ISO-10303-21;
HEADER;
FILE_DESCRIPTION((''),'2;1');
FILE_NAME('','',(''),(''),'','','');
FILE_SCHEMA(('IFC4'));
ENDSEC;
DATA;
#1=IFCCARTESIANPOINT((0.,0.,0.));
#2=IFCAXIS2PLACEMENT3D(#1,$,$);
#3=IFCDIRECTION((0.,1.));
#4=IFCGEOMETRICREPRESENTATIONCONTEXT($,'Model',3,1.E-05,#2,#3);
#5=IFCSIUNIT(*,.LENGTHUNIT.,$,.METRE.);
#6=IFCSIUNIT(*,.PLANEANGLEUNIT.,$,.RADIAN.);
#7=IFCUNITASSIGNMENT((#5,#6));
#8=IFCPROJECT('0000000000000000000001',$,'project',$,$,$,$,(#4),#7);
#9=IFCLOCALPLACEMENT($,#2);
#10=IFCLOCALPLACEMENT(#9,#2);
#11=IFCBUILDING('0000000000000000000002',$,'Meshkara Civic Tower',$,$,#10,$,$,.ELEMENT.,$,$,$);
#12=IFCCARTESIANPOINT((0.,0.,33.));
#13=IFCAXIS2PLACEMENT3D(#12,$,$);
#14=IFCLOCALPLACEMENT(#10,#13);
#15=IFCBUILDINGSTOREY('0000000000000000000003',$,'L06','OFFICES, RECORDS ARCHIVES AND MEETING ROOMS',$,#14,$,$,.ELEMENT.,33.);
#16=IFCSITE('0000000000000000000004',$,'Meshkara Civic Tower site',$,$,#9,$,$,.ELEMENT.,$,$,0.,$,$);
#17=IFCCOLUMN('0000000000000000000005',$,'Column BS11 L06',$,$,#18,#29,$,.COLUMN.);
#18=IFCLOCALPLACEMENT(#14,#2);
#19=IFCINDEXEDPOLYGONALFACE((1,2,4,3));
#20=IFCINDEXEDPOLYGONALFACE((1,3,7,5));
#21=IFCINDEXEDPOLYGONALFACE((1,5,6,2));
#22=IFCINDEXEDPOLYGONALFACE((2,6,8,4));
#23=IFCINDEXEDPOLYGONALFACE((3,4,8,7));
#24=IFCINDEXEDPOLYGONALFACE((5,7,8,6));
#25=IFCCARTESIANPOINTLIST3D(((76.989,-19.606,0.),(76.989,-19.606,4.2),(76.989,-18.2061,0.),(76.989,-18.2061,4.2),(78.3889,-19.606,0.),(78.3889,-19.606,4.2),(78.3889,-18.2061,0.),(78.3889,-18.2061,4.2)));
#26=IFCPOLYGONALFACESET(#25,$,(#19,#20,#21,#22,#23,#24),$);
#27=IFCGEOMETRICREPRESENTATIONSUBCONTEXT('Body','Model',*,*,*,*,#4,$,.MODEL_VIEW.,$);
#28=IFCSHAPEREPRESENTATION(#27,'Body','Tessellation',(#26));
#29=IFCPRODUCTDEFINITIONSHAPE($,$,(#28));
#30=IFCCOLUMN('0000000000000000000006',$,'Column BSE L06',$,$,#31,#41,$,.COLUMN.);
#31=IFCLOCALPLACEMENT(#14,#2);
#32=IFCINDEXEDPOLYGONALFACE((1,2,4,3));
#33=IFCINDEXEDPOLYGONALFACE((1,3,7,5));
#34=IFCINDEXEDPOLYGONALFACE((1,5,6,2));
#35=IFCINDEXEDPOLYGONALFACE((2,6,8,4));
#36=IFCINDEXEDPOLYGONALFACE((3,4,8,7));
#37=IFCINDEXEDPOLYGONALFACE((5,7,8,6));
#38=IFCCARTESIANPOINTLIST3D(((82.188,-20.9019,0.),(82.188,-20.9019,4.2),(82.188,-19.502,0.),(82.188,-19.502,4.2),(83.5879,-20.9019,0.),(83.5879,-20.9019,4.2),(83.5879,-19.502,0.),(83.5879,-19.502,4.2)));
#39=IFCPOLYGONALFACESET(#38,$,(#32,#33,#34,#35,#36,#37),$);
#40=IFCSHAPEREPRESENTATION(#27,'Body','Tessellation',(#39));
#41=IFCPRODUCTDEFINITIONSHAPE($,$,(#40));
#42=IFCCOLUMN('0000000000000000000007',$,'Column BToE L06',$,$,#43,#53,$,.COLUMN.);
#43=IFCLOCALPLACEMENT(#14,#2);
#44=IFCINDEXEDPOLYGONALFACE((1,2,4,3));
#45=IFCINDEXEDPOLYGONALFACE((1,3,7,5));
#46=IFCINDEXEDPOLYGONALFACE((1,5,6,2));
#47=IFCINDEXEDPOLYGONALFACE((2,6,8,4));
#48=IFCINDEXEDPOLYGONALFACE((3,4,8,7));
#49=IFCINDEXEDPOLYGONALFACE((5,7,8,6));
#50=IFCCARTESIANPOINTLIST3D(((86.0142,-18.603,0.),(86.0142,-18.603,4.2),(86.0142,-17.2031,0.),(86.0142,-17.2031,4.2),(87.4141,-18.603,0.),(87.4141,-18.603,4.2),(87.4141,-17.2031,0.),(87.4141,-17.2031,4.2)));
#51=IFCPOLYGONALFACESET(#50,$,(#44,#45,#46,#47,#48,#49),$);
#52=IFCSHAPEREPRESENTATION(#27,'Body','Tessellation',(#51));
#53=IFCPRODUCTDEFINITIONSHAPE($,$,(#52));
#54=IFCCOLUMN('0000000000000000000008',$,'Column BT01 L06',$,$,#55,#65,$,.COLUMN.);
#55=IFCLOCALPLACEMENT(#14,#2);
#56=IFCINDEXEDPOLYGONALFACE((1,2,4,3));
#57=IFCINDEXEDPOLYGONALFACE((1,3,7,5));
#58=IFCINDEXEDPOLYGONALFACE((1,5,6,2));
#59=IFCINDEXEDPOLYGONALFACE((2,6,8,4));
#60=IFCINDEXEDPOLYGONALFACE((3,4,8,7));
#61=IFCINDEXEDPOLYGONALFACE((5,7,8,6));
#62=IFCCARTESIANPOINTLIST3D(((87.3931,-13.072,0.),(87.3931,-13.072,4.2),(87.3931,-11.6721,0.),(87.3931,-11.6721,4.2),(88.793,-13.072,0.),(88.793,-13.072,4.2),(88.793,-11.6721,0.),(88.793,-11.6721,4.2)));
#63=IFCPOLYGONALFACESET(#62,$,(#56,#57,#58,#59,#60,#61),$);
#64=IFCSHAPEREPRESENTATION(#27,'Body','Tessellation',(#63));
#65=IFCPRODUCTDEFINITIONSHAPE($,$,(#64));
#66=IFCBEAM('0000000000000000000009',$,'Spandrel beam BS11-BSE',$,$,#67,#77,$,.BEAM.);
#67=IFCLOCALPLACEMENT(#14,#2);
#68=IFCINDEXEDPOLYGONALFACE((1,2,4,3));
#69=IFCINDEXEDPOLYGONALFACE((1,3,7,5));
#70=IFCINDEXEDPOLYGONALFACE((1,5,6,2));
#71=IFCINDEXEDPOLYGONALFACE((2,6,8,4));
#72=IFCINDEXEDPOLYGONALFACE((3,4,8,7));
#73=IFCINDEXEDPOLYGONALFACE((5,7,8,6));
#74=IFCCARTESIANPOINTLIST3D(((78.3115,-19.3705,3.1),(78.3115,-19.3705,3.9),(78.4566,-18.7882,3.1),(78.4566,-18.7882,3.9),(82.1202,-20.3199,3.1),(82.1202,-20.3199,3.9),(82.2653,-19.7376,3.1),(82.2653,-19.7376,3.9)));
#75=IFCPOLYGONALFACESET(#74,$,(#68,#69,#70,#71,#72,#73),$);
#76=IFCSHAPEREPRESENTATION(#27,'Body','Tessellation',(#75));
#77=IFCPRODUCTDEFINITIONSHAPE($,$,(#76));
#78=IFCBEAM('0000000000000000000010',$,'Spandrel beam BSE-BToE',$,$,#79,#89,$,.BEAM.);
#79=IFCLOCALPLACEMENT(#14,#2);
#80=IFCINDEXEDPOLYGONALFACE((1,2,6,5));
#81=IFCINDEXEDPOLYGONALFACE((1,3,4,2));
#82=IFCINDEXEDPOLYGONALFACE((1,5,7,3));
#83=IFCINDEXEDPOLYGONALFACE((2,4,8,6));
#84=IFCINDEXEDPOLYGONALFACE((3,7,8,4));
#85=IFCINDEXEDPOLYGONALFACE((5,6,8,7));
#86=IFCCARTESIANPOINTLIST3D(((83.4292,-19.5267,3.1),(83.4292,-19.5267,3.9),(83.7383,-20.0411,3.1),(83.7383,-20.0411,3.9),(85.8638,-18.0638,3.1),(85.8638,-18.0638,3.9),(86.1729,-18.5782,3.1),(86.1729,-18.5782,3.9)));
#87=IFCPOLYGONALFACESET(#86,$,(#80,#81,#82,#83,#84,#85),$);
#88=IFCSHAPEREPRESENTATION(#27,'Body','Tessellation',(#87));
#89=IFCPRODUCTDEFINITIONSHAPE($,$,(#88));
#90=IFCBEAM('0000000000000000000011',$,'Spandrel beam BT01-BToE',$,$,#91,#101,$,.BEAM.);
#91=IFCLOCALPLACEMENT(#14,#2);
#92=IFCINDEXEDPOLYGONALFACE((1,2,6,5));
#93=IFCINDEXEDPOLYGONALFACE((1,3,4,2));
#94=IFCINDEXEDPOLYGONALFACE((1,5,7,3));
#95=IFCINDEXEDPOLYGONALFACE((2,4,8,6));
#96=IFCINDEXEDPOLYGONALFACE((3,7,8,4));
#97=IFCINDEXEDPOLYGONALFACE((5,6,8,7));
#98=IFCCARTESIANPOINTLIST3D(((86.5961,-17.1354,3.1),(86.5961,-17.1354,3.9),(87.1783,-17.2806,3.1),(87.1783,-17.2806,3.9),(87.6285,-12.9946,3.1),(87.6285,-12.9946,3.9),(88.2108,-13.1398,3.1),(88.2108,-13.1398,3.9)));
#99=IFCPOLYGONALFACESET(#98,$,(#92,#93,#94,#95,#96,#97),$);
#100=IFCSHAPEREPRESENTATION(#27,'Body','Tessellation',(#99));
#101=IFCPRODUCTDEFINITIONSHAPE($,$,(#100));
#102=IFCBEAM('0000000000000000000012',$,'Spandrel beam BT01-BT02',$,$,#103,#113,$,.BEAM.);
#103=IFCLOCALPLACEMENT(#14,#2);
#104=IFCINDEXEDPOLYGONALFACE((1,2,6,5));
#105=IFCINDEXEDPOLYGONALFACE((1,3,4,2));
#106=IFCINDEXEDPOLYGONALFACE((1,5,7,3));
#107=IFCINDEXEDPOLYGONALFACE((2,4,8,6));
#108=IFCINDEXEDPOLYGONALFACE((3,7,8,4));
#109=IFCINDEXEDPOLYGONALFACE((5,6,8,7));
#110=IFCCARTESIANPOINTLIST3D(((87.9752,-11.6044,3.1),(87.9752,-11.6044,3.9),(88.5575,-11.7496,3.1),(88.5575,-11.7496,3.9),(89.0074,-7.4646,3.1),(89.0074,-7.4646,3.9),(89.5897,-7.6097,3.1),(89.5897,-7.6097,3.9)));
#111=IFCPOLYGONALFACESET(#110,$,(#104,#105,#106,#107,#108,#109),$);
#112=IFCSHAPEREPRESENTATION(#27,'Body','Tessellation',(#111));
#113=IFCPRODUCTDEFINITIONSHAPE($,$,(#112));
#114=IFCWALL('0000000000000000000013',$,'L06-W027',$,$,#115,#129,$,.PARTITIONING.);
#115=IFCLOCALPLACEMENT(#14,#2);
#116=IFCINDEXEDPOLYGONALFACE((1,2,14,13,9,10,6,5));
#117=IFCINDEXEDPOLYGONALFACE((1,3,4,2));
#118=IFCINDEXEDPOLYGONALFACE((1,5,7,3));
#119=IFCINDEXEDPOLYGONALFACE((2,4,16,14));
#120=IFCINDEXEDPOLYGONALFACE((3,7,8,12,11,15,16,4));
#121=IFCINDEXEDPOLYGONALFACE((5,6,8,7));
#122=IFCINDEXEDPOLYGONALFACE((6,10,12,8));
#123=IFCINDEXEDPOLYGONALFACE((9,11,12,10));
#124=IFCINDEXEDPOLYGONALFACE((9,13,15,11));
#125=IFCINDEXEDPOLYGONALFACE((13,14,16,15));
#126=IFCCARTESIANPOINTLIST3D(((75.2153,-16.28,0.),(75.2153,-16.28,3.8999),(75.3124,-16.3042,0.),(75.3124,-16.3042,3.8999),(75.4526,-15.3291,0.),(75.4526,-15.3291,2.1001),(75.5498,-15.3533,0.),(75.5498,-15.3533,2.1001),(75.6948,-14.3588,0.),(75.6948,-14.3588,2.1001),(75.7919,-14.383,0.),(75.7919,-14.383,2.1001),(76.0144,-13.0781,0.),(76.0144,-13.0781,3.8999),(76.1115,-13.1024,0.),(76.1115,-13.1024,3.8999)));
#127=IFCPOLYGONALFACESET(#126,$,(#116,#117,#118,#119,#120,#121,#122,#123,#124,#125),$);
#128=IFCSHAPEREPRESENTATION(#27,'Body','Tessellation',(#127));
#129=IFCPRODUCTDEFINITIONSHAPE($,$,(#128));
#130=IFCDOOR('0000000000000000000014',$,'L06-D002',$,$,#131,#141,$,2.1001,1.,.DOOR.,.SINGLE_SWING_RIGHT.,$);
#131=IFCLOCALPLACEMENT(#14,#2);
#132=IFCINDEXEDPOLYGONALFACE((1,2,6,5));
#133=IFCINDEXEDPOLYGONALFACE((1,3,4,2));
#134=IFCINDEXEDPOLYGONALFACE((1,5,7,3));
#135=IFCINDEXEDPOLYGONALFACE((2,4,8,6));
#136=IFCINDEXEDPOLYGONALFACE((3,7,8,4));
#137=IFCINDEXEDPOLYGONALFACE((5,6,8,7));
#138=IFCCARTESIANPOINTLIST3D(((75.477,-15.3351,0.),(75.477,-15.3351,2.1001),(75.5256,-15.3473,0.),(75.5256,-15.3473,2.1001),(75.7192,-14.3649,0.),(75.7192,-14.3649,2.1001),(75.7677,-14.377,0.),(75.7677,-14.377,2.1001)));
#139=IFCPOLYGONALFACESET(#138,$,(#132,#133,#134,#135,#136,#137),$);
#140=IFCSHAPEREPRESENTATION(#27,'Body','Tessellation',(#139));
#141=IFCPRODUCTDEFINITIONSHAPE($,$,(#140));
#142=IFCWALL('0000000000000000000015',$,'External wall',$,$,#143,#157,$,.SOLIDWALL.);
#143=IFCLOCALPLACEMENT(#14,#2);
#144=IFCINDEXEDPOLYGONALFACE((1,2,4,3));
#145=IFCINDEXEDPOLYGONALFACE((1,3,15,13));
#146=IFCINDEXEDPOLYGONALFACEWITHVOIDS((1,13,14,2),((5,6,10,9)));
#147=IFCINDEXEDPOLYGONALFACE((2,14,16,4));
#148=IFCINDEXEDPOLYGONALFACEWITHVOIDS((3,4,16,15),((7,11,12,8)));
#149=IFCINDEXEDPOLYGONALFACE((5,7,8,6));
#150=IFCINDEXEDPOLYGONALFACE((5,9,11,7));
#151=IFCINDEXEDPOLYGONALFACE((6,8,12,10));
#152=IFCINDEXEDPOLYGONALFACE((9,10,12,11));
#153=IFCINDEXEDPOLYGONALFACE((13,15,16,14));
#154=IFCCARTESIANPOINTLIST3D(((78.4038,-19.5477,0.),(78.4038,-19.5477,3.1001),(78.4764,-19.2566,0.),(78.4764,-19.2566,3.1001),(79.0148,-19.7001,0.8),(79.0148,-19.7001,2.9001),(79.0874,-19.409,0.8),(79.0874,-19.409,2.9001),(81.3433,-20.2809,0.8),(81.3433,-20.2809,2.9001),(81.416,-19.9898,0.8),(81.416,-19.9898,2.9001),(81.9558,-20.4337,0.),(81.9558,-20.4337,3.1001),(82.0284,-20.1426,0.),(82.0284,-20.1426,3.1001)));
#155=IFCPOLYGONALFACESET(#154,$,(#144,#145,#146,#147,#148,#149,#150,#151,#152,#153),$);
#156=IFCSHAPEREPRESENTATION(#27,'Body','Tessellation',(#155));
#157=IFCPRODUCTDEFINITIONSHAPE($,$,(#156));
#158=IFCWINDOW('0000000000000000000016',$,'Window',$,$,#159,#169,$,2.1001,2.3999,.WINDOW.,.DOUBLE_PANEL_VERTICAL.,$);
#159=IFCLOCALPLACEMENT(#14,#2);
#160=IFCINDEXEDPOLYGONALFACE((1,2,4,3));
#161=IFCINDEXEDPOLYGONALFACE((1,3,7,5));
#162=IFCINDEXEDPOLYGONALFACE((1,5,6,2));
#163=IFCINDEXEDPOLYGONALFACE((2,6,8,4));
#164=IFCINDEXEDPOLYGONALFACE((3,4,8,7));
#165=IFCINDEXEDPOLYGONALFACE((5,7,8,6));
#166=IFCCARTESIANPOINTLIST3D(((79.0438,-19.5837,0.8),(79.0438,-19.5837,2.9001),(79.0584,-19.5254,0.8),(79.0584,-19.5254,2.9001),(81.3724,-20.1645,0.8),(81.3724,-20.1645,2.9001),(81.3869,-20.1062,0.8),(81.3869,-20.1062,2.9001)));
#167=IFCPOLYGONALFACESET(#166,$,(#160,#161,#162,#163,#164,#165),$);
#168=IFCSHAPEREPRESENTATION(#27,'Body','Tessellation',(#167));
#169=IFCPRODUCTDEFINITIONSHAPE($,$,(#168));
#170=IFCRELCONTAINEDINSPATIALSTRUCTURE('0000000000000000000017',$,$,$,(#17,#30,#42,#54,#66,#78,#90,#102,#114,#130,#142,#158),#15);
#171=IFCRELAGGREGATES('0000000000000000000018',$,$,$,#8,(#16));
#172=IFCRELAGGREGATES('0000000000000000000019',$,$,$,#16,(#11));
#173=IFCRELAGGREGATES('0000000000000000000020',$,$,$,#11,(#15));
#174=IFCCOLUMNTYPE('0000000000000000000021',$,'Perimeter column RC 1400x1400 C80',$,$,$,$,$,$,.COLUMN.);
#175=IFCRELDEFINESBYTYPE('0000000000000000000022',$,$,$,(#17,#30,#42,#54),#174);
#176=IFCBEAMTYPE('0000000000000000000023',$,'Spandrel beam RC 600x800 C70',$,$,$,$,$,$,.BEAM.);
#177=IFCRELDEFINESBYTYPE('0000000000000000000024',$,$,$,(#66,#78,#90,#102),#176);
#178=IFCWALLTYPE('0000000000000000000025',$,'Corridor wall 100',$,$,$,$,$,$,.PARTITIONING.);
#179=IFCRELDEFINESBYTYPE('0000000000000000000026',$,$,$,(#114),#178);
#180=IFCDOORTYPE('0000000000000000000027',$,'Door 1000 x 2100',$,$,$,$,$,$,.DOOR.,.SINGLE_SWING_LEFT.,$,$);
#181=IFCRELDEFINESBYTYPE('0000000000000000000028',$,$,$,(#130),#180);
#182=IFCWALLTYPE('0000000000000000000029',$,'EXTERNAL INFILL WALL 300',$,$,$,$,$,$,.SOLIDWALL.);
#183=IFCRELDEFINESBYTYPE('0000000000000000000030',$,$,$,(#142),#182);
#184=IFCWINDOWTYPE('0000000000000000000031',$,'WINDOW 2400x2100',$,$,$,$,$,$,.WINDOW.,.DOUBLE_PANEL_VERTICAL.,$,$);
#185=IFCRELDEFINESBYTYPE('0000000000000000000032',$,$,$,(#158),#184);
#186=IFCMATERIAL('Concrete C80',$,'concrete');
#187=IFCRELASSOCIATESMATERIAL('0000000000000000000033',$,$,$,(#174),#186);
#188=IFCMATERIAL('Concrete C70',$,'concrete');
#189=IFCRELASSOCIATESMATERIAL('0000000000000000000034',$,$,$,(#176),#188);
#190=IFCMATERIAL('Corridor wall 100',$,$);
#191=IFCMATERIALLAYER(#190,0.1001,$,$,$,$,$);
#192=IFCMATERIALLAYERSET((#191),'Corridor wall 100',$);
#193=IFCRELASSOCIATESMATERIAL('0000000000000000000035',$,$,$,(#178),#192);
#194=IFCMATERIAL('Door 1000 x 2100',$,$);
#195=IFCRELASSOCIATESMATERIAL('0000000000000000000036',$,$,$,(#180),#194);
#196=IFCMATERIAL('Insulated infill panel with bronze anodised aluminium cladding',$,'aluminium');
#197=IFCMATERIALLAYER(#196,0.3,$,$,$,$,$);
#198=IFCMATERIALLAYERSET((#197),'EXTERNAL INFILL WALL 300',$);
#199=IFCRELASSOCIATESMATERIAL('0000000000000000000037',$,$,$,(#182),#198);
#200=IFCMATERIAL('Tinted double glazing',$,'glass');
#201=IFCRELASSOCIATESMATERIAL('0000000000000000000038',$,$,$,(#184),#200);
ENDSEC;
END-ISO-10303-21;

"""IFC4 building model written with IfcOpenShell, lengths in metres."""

from ifc_helpers import new_model, si_unit, direction, frame, frame_2d, origin, origin_2d, place, context, subcontext, project, spatial, rectangle, extrude, material, layer, layer_set, material_profile, profile_set, type_object, element, fill, save


model = new_model("IFC4")

# Units and contexts
model_context = context("Model", 3, precision=1e-05, world=origin(), true_north=direction((0.0, 1.0)))
body_context = subcontext(model_context, "Body", "Model", "MODEL_VIEW")
ifc_project = project(units=[si_unit("LENGTHUNIT", "METRE"), si_unit("PLANEANGLEUNIT", "RADIAN")], contexts=[model_context])

# Site, building, storey
site_placement = place(None, origin())
site = spatial("IfcSite", under=ifc_project, at=site_placement, Name="Meshkara Civic Tower site", CompositionType="ELEMENT", RefElevation=0.0)
building_placement = place(site_placement, origin())
building = spatial("IfcBuilding", under=site, at=building_placement, Name="Meshkara Civic Tower", CompositionType="ELEMENT")
storey_placement = place(building_placement, frame((0.0, 0.0, 33.0)))
storey = spatial("IfcBuildingStorey", under=building, at=storey_placement, Name="L06", Description="OFFICES, RECORDS ARCHIVES AND MEETING ROOMS", CompositionType="ELEMENT", Elevation=33.0)

# Columns
ifc_material_1 = material(Name="Concrete C80", Category="concrete")
ifc_material_profile_1 = material_profile(ifc_material_1, rectangle(XDim=1.3999, YDim=1.3999, at=origin_2d()))
ifc_profile_set_1 = profile_set([ifc_material_profile_1], Name="Concrete C80")
column_type = type_object("IfcColumnType", Name="Perimeter column RC 1400x1400 C80", PredefinedType="COLUMN", material=ifc_profile_set_1)
for number, where, z_axis, x_axis, name in (
    (1, (77.689, -18.906, 0.0), (0.0, 0.0, 1.0), (1.0, 0.0, 0.0), "Column BS11 L06"),
    (2, (82.8879, -20.2019, 0.0), (0.0, 0.0, 1.0), (1.0, 0.0, 0.0), "Column BSE L06"),
    (3, (86.7141, -17.9031, 0.0), (0.0, 0.0, 1.0), (1.0, 0.0, 0.0), "Column BToE L06"),
    (4, (88.093, -12.3721, 0.0), (0.0, 0.0, 1.0), (1.0, 0.0, 0.0), "Column BT01 L06"),
):
    element("IfcColumn", number, at=place(storey_placement, frame(where, z_axis=z_axis, x_axis=x_axis)), inside=storey, type_object=column_type, Name=name, PredefinedType="COLUMN", context=body_context, shape_type="SweptSolid", body=[
        extrude(rectangle(XDim=1.3999, YDim=1.3999, at=origin_2d()), origin(), (0.0, 0.0, 1.0), 4.2),
    ])

# Beams
ifc_material_2 = material(Name="Concrete C70", Category="concrete")
ifc_material_profile_2 = material_profile(ifc_material_2, rectangle(XDim=0.6001, YDim=0.8, at=origin_2d()))
ifc_profile_set_2 = profile_set([ifc_material_profile_2], Name="Concrete C70")
beam_type = type_object("IfcBeamType", Name="Spandrel beam RC 600x800 C70", PredefinedType="BEAM", material=ifc_profile_set_2)
beam_1_placement = place(storey_placement, frame((78.384, -19.0793, 3.5), z_axis=(0.970307, -0.241877, 0.0), x_axis=(0.241877, 0.970307, 0.0)))
element("IfcBeam", 5, at=beam_1_placement, inside=storey, type_object=beam_type, Name="Spandrel beam BS11-BSE", PredefinedType="BEAM", context=body_context, shape_type="SweptSolid", body=[
    extrude(rectangle(XDim=0.6001, YDim=0.8, at=origin_2d()), origin(), (0.0, 0.0, 1.0), 3.9253),
])
beam_2_placement = place(storey_placement, frame((83.5837, -19.7839, 3.5), z_axis=(0.857159, 0.515052, 0.0), x_axis=(-0.515052, 0.857159, 0.0)))
element("IfcBeam", 6, at=beam_2_placement, inside=storey, type_object=beam_type, Name="Spandrel beam BSE-BToE", PredefinedType="BEAM", context=body_context, shape_type="SweptSolid", body=[
    extrude(rectangle(XDim=0.6001, YDim=0.8, at=origin_2d()), origin(), (0.0, 0.0, 1.0), 2.8403),
])
beam_3_placement = place(storey_placement, frame((86.8872, -17.208, 3.5), z_axis=(0.24193, 0.970294, 0.0), x_axis=(-0.970294, 0.24193, 0.0)))
element("IfcBeam", 7, at=beam_3_placement, inside=storey, type_object=beam_type, Name="Spandrel beam BT01-BToE", PredefinedType="BEAM", context=body_context, shape_type="SweptSolid", body=[
    extrude(rectangle(XDim=0.6001, YDim=0.8, at=origin_2d()), origin(), (0.0, 0.0, 1.0), 4.2676),
])
beam_4_placement = place(storey_placement, frame((88.2664, -11.677, 3.5), z_axis=(0.24193, 0.970294, 0.0), x_axis=(-0.970294, 0.24193, 0.0)))
element("IfcBeam", 8, at=beam_4_placement, inside=storey, type_object=beam_type, Name="Spandrel beam BT01-BT02", PredefinedType="BEAM", context=body_context, shape_type="SweptSolid", body=[
    extrude(rectangle(XDim=0.6001, YDim=0.8, at=origin_2d()), origin(), (0.0, 0.0, 1.0), 4.2666),
])

# Wall, opening, door
ifc_material_3 = material(Name="Corridor wall 100")
ifc_layer_1 = layer(ifc_material_3, 0.1001)
ifc_layer_set_1 = layer_set([ifc_layer_1], Name="Corridor wall 100")
wall_type_1 = type_object("IfcWallType", Name="Corridor wall 100", PredefinedType="PARTITIONING", material=ifc_layer_set_1)
wall_1_placement = place(storey_placement, frame((75.2639, -16.292, 0.0), z_axis=(0.0, 0.0, 1.0), x_axis=(0.242135, 0.970243, 0.0)))
wall_1 = element("IfcWall", 9, at=wall_1_placement, inside=storey, type_object=wall_type_1, Name="L06-W027", PredefinedType="PARTITIONING", context=body_context, shape_type="SweptSolid", body=[
    extrude(rectangle(XDim=3.3, YDim=0.1001, at=frame_2d((1.6499, 0.0))), origin(), (0.0, 0.0, 1.0), 3.8999),
])
opening_1_placement = place(wall_1_placement, frame((0.98, 0.0, 0.0)))
opening_1 = element("IfcOpeningElement", 10, at=opening_1_placement, cuts=wall_1, PredefinedType="OPENING", context=body_context, shape_type="SweptSolid", body=[
    extrude(rectangle(XDim=1.0, YDim=2.1001, at=frame_2d((0.5, 1.05))), frame((0.0, 0.0601, 0.0), z_axis=(0.0, -1.0, 0.0), x_axis=(1.0, 0.0, 0.0)), (0.0, 0.0, 1.0), 0.1201),
])
ifc_material_4 = material(Name="Door 1000 x 2100")
door_type_1 = type_object("IfcDoorType", Name="Door 1000 x 2100", OperationType="SINGLE_SWING_LEFT", PredefinedType="DOOR", material=ifc_material_4)
door_1_placement = place(opening_1_placement, origin())
door_1 = element("IfcDoor", 11, at=door_1_placement, inside=storey, type_object=door_type_1, Name="L06-D002", OperationType="SINGLE_SWING_RIGHT", OverallHeight=2.1001, OverallWidth=1.0, PredefinedType="DOOR", context=body_context, shape_type="SweptSolid", body=[
    extrude(rectangle(XDim=1.0, YDim=2.1001, at=frame_2d((0.5, 1.05))), frame((0.0, 0.0249, 0.0), z_axis=(0.0, -1.0, 0.0), x_axis=(1.0, 0.0, 0.0)), (0.0, 0.0, 1.0), 0.05),
])
fill(opening_1, door_1)

# Wall, opening, window
ifc_material_5 = material(Name="Insulated infill panel with bronze anodised aluminium cladding", Category="aluminium")
ifc_layer_2 = layer(ifc_material_5, 0.3)
ifc_layer_set_2 = layer_set([ifc_layer_2], Name="EXTERNAL INFILL WALL 300")
wall_type_2 = type_object("IfcWallType", Name="EXTERNAL INFILL WALL 300", PredefinedType="SOLIDWALL", material=ifc_layer_set_2)
wall_2_placement = place(storey_placement, frame((78.4399, -19.4021, 0.0), z_axis=(0.0, 0.0, 1.0), x_axis=(0.970272, -0.242018, 0.0)))
wall_2 = element("IfcWall", 12, at=wall_2_placement, inside=storey, type_object=wall_type_2, Name="External wall", PredefinedType="SOLIDWALL", context=body_context, shape_type="SweptSolid", body=[
    extrude(rectangle(XDim=3.6609, YDim=0.3, at=frame_2d((1.8306, 0.0))), origin(), (0.0, 0.0, 1.0), 3.1001),
])
opening_2_placement = place(wall_2_placement, frame((0.6299, 0.0, 0.8)))
opening_2 = element("IfcOpeningElement", 13, at=opening_2_placement, cuts=wall_2, PredefinedType="OPENING", context=body_context, shape_type="SweptSolid", body=[
    extrude(rectangle(XDim=2.3999, YDim=2.1001, at=frame_2d((1.2, 1.05))), frame((0.0, 0.1599, 0.0), z_axis=(0.0, -1.0, 0.0), x_axis=(1.0, 0.0, 0.0)), (0.0, 0.0, 1.0), 0.3201),
])
ifc_material_6 = material(Name="Tinted double glazing", Category="glass")
window_type_1 = type_object("IfcWindowType", Name="WINDOW 2400x2100", PartitioningType="DOUBLE_PANEL_VERTICAL", PredefinedType="WINDOW", material=ifc_material_6)
window_1_placement = place(opening_2_placement, origin())
window_1 = element("IfcWindow", 14, at=window_1_placement, inside=storey, type_object=window_type_1, Name="Window", OverallHeight=2.1001, OverallWidth=2.3999, PartitioningType="DOUBLE_PANEL_VERTICAL", PredefinedType="WINDOW", context=body_context, shape_type="SweptSolid", body=[
    extrude(rectangle(XDim=2.3999, YDim=2.1001, at=frame_2d((1.2, 1.05))), frame((0.0, 0.03, 0.0), z_axis=(0.0, -1.0, 0.0), x_axis=(1.0, 0.0, 0.0)), (0.0, 0.0, 1.0), 0.0601),
])
fill(opening_2, window_1)

save(model, "model.ifc")
